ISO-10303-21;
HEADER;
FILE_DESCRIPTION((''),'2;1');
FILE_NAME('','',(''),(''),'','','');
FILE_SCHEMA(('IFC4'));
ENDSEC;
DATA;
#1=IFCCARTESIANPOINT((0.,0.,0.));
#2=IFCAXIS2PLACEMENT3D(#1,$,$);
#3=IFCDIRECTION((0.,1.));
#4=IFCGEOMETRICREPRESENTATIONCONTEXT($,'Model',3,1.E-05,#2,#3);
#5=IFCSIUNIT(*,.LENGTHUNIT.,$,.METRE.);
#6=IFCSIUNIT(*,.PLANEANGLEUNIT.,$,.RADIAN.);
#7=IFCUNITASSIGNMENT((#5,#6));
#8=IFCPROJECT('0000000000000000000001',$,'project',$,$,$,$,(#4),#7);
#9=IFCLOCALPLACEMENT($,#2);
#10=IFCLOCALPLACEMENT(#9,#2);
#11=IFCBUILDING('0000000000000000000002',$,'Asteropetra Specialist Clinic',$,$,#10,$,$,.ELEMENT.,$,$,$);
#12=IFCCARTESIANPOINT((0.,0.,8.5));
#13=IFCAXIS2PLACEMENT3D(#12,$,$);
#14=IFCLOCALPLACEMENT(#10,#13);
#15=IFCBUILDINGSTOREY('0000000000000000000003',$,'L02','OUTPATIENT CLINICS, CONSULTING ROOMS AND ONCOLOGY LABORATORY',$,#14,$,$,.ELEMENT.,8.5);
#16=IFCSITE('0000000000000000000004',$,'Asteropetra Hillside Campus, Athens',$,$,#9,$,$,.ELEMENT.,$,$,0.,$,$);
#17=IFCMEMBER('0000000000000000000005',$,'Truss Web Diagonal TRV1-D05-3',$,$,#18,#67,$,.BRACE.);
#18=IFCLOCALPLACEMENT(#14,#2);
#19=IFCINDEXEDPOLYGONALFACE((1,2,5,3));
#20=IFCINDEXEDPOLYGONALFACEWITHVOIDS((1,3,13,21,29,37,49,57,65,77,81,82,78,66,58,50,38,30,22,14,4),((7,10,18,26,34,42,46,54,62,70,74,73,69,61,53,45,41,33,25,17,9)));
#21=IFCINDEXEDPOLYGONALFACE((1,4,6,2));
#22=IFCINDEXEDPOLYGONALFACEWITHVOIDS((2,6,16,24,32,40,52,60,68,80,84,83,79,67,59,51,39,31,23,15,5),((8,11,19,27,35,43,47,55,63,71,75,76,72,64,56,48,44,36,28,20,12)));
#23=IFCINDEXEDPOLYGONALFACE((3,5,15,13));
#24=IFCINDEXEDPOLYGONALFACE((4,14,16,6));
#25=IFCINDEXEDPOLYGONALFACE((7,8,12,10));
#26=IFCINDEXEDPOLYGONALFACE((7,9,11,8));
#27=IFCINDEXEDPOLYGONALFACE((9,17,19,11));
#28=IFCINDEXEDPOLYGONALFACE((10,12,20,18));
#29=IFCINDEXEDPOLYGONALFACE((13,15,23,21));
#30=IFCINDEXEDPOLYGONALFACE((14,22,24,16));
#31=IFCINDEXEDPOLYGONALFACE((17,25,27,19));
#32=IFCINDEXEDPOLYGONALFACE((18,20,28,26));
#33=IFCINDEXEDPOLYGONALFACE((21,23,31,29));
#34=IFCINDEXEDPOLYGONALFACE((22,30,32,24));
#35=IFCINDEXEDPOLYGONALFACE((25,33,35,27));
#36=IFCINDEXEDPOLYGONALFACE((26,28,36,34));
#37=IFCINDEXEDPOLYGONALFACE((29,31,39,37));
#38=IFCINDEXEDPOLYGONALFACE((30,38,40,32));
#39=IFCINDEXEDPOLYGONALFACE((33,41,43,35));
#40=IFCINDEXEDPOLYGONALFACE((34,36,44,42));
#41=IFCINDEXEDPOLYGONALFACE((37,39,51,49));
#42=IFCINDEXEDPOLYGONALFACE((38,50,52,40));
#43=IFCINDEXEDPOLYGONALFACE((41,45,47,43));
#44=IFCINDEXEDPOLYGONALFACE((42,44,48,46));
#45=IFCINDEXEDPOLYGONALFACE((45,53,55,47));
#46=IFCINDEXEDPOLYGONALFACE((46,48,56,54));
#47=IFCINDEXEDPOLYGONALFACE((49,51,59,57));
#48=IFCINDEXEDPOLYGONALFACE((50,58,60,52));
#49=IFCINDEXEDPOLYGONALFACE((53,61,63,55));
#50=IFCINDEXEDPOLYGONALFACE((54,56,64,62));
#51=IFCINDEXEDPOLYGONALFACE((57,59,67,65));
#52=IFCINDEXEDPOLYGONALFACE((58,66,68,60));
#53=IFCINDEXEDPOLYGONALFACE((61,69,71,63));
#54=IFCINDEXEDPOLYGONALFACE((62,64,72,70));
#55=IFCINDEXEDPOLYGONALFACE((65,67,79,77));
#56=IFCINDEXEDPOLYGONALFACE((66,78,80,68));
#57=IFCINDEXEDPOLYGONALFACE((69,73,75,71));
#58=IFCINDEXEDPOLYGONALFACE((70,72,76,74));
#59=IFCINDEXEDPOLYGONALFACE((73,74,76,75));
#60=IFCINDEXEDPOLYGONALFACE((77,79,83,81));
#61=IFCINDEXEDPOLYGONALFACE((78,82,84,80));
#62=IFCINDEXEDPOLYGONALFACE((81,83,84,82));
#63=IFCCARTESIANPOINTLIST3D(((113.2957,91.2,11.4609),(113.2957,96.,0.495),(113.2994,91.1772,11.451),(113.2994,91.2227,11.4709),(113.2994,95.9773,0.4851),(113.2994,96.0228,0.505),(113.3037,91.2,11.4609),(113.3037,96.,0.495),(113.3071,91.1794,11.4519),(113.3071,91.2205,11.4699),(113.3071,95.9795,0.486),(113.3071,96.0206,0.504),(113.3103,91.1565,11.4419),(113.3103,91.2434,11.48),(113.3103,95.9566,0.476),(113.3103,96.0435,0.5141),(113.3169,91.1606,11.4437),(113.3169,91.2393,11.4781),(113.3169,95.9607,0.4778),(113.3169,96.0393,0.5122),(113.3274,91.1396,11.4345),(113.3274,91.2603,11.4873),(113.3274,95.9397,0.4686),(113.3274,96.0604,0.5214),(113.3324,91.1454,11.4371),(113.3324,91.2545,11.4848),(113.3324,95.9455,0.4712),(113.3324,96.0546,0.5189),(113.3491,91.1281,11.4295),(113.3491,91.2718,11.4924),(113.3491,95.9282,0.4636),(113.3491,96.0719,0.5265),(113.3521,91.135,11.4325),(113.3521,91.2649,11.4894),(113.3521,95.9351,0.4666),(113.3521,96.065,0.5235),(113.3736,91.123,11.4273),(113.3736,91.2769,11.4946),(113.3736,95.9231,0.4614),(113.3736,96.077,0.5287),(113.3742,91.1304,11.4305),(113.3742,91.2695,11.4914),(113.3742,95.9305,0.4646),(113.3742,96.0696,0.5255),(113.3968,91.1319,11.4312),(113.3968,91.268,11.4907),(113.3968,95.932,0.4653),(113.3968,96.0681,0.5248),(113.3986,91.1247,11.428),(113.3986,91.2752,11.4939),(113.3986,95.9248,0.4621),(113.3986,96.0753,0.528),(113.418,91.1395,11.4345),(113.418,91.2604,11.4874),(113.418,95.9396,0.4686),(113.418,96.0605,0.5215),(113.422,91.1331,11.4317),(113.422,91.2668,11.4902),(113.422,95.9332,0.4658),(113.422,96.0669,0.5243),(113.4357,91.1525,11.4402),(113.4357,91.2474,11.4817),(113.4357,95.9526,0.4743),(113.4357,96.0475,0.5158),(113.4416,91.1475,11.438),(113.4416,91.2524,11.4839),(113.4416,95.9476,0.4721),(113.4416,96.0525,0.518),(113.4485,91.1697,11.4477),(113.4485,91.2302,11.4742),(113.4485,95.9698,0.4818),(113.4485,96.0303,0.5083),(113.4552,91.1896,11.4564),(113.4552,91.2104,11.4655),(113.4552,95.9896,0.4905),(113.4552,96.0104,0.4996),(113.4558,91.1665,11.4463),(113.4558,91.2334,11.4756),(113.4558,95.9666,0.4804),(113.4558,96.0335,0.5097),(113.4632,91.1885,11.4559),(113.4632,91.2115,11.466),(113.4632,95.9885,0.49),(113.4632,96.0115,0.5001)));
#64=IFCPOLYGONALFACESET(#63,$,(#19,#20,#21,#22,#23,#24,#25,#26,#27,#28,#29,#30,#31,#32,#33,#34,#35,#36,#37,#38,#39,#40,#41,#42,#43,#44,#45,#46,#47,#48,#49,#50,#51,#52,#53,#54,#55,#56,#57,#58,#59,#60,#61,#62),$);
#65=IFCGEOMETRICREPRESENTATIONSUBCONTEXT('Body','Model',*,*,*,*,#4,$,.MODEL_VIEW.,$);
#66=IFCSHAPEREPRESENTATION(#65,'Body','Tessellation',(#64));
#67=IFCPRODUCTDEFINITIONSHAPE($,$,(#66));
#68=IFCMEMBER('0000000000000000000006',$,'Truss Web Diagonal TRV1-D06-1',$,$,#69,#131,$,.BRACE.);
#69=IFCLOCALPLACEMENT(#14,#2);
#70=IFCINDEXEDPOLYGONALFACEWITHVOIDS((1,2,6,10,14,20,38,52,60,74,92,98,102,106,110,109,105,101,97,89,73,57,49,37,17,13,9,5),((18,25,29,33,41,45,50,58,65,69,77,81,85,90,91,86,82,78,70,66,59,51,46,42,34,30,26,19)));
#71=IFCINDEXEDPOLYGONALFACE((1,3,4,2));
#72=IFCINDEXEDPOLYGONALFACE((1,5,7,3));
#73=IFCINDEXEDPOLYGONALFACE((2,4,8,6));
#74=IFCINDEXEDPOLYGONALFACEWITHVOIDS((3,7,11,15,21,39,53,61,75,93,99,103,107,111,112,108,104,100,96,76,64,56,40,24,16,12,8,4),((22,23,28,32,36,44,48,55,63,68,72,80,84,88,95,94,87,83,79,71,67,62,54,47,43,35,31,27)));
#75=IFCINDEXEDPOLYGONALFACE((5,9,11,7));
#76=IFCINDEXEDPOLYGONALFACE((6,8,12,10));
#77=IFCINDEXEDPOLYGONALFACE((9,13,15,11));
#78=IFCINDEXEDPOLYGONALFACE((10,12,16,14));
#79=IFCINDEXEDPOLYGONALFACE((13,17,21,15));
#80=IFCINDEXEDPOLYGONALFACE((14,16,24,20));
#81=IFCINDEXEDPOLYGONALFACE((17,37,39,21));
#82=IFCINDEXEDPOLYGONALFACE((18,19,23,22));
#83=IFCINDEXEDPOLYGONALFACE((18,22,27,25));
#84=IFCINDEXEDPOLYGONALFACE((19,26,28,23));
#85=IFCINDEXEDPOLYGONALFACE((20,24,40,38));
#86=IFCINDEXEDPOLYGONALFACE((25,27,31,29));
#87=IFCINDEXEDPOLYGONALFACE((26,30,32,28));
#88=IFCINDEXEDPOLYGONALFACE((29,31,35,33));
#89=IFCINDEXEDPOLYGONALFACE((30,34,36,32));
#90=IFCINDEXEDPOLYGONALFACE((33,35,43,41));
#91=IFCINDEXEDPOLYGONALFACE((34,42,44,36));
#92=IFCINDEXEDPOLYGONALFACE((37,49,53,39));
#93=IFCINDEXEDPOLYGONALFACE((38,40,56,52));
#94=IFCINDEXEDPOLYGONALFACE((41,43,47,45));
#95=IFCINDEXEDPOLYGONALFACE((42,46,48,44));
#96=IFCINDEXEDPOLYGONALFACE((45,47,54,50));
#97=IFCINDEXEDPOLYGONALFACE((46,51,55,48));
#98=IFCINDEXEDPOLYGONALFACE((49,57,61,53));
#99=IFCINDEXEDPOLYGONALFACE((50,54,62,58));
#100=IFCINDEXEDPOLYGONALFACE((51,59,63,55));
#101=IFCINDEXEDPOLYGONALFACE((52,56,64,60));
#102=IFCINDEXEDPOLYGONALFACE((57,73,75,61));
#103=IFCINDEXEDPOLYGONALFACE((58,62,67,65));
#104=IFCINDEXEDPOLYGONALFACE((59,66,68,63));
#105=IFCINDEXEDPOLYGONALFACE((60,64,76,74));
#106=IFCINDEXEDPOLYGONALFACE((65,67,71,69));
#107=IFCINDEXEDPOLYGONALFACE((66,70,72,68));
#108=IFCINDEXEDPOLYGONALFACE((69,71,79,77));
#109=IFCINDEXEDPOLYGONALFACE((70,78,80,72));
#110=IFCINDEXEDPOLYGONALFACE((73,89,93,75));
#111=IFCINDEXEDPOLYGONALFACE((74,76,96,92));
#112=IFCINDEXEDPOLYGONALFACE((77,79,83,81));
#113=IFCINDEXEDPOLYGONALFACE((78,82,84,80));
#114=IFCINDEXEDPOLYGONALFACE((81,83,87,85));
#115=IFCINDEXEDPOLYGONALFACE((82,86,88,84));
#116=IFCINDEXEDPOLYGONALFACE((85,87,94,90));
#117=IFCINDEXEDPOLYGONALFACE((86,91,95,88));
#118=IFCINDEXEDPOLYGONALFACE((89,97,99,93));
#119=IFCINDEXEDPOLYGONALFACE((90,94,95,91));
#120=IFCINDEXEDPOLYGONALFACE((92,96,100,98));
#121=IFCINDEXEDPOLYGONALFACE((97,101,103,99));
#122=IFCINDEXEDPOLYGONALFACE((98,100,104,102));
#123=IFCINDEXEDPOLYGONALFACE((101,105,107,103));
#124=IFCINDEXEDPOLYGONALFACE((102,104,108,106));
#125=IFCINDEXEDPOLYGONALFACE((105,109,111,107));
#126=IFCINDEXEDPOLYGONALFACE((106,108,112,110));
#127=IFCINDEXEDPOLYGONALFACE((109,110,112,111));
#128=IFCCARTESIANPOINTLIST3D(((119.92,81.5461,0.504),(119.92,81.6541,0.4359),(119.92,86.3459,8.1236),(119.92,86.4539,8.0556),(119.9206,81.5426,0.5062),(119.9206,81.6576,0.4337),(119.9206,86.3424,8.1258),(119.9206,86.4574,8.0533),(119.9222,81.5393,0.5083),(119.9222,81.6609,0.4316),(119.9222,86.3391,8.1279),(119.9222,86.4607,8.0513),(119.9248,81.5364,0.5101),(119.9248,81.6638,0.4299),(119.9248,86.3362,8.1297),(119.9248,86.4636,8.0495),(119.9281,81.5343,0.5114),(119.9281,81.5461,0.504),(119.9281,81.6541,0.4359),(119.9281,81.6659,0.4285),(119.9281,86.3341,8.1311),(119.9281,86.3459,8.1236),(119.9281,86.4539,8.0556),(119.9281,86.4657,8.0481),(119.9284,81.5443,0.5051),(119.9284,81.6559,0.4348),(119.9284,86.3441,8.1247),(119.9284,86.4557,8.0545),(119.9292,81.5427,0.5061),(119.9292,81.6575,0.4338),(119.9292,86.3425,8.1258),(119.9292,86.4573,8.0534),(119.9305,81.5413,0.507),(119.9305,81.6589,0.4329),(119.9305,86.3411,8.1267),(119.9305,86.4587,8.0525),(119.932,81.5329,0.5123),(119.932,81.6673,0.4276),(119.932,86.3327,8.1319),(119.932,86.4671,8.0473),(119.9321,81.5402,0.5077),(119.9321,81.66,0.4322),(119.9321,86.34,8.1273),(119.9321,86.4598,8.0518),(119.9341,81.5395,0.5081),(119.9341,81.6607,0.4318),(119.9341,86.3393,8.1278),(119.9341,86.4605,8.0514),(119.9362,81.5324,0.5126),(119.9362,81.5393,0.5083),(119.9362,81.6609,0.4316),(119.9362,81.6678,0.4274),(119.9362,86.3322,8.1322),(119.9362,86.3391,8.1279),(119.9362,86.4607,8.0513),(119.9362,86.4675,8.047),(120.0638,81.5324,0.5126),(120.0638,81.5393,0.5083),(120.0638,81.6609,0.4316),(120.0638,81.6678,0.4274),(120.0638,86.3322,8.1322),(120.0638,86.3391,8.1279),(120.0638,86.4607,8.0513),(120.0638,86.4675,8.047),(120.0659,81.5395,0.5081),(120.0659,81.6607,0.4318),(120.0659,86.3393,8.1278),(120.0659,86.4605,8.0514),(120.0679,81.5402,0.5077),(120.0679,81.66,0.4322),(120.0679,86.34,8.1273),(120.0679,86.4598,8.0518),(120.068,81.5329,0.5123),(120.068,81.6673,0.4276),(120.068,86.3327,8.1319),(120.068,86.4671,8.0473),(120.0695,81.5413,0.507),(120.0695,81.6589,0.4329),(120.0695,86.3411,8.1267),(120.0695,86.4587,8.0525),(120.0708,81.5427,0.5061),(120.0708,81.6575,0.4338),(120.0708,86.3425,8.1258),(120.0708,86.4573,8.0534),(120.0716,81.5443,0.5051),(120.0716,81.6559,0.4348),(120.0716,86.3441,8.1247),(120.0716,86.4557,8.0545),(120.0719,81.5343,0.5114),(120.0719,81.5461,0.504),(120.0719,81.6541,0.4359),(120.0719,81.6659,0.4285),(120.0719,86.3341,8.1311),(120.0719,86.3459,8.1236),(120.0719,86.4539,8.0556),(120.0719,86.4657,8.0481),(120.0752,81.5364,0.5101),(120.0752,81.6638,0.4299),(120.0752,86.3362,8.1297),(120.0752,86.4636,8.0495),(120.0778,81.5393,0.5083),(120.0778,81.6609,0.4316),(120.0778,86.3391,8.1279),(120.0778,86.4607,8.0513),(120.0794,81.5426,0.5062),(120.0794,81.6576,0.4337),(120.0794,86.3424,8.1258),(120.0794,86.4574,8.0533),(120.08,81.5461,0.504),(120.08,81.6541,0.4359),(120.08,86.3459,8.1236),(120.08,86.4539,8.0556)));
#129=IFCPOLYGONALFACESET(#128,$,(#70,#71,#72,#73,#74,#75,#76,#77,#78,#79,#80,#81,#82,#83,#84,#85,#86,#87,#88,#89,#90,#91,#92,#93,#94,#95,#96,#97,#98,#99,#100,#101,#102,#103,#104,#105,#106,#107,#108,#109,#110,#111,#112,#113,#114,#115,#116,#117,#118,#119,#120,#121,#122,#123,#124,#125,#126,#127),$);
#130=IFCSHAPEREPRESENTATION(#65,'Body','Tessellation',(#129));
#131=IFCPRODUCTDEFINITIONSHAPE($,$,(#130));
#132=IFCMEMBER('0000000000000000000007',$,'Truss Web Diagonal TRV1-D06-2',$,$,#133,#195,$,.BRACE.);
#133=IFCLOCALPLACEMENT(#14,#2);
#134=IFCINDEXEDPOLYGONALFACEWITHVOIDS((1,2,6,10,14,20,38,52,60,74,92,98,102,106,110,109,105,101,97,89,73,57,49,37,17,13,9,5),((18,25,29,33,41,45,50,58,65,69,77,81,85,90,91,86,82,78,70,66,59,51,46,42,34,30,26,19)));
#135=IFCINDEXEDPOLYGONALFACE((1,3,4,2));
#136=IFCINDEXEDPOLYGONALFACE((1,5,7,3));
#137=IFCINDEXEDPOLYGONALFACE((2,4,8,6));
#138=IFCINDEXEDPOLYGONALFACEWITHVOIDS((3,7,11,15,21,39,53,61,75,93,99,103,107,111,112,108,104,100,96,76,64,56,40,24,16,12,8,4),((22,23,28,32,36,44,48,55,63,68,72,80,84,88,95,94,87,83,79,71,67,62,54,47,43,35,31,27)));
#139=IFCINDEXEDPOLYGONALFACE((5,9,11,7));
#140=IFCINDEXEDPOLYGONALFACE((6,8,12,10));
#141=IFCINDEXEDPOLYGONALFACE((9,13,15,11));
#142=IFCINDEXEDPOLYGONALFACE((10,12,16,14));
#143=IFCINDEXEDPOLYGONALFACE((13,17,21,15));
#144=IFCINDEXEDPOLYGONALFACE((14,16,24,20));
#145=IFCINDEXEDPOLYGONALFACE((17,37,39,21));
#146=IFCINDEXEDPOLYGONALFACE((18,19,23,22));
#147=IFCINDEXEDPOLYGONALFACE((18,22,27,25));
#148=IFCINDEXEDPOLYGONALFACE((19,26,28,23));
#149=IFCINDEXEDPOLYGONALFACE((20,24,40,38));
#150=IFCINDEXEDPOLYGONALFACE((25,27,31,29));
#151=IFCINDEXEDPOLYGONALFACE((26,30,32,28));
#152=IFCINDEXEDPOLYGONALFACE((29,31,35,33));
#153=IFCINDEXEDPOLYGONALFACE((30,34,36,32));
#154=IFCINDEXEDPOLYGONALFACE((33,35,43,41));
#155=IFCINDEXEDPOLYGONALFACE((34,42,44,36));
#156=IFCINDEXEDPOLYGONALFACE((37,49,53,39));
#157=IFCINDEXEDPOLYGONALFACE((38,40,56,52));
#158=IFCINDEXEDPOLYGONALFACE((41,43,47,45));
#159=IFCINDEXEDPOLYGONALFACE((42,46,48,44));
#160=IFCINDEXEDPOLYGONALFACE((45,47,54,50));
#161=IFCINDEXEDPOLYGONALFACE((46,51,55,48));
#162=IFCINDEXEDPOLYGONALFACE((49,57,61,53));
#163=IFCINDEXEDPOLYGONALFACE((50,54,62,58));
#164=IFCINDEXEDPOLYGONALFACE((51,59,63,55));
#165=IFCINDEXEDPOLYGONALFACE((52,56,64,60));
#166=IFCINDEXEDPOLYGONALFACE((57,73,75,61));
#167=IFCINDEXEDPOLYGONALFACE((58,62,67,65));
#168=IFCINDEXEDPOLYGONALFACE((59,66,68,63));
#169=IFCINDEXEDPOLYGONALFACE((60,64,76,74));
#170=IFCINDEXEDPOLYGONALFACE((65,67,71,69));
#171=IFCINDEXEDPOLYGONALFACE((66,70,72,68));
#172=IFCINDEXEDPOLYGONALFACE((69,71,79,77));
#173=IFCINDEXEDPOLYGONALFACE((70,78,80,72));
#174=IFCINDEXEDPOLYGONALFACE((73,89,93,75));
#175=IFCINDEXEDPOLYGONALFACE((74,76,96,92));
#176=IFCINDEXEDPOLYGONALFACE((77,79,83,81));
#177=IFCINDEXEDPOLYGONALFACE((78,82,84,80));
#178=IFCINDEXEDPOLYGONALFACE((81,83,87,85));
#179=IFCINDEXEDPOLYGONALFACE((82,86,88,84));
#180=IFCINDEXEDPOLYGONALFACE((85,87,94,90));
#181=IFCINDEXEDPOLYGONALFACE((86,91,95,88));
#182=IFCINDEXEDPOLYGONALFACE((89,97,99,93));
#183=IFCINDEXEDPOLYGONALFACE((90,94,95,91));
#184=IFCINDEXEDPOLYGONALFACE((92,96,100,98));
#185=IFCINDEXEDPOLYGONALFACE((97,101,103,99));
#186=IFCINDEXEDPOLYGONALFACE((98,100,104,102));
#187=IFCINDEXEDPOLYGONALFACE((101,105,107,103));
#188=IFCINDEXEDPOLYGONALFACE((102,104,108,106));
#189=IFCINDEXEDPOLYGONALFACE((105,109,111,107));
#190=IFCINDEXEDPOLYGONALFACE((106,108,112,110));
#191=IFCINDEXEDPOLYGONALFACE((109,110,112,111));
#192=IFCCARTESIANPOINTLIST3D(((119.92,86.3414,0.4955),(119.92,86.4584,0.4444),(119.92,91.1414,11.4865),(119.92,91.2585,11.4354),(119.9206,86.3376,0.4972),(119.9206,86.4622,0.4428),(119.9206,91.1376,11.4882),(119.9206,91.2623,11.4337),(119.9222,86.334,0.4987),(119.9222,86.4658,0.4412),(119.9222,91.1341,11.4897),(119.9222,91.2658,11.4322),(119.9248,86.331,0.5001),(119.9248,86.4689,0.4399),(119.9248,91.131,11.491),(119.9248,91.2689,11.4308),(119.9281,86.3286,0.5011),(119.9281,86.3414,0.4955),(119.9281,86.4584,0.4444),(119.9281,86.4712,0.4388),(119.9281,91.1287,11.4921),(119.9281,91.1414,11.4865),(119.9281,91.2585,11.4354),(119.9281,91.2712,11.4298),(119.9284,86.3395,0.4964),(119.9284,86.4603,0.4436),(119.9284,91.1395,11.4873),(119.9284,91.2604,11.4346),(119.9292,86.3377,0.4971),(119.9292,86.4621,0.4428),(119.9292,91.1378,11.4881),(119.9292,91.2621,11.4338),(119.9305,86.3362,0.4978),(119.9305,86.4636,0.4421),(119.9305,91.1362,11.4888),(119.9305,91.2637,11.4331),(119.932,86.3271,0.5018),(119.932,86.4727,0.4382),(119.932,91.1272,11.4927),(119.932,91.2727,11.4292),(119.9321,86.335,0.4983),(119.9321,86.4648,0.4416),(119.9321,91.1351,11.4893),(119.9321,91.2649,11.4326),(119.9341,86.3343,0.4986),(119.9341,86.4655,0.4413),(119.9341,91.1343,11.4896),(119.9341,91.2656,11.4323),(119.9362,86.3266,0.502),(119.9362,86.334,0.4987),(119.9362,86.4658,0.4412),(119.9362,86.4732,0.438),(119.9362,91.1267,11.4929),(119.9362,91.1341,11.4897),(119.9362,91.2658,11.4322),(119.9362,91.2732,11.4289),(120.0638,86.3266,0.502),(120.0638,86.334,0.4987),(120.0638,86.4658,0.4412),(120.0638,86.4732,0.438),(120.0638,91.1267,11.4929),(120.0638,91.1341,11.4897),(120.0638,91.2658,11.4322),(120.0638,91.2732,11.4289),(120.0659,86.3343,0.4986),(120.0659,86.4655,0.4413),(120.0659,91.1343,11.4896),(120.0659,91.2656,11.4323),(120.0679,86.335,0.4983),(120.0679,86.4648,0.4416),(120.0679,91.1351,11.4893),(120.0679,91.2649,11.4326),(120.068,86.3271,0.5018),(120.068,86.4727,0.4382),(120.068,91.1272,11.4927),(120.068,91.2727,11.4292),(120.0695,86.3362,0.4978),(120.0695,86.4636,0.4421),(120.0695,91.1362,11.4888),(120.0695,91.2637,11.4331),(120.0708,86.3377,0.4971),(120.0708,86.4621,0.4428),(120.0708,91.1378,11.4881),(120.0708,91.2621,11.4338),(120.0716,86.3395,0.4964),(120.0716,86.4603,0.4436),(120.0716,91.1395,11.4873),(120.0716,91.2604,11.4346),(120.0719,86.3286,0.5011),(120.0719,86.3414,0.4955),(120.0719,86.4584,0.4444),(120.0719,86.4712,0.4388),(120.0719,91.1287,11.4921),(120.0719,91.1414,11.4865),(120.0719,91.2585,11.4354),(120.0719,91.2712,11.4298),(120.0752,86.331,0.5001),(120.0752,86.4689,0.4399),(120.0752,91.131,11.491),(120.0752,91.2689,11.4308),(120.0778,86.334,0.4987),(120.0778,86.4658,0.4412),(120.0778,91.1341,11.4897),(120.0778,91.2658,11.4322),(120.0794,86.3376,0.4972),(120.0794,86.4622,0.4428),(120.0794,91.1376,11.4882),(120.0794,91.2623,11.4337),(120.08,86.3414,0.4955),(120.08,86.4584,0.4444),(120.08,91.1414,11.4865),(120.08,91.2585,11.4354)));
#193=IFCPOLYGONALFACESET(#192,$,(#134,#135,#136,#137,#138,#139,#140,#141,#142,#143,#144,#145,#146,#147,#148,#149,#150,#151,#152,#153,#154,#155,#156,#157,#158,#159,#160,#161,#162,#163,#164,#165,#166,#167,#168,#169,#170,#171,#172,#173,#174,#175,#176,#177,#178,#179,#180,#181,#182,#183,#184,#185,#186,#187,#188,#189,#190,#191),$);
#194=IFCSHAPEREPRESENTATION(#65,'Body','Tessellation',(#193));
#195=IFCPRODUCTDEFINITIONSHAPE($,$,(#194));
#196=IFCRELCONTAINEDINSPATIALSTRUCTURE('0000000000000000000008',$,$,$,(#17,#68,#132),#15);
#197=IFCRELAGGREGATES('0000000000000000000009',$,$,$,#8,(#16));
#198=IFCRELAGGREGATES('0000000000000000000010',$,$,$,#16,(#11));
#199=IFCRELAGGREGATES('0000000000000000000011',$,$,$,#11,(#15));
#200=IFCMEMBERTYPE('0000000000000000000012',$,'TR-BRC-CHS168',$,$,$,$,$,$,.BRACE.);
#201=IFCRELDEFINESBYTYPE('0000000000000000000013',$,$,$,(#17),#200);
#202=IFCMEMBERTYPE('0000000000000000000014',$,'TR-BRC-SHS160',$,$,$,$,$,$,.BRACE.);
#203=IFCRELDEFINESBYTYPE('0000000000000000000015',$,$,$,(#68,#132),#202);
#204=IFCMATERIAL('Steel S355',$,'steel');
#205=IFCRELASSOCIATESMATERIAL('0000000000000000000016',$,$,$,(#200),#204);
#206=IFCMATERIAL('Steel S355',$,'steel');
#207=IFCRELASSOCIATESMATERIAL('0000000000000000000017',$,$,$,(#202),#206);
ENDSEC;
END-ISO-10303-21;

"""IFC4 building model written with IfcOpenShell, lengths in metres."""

from ifc_helpers import new_model, si_unit, direction, frame, origin, origin_2d, place, context, subcontext, project, spatial, hollow_rectangle, hollow_circle, extrude, material, material_profile, profile_set, type_object, element, save


model = new_model("IFC4")

# Units and contexts
model_context = context("Model", 3, precision=1e-05, world=origin(), true_north=direction((0.0, 1.0)))
body_context = subcontext(model_context, "Body", "Model", "MODEL_VIEW")
ifc_project = project(units=[si_unit("LENGTHUNIT", "METRE"), si_unit("PLANEANGLEUNIT", "RADIAN")], contexts=[model_context])

# Site, building, storey
site_placement = place(None, origin())
site = spatial("IfcSite", under=ifc_project, at=site_placement, Name="Asteropetra Hillside Campus, Athens", CompositionType="ELEMENT", RefElevation=0.0)
building_placement = place(site_placement, origin())
building = spatial("IfcBuilding", under=site, at=building_placement, Name="Asteropetra Specialist Clinic", CompositionType="ELEMENT")
storey_placement = place(building_placement, frame((0.0, 0.0, 8.5)))
storey = spatial("IfcBuildingStorey", under=building, at=storey_placement, Name="L02", Description="OUTPATIENT CLINICS, CONSULTING ROOMS AND ONCOLOGY LABORATORY", CompositionType="ELEMENT", Elevation=8.5)

# Members
ifc_material_1 = material(Name="Steel S355", Category="steel")
ifc_material_profile_1 = material_profile(ifc_material_1, hollow_circle(Radius=0.0842, WallThickness=0.0081, at=origin_2d()), Name="CHS 168.3x8.0")
ifc_profile_set_1 = profile_set([ifc_material_profile_1], Name="Steel S355")
member_type_1 = type_object("IfcMemberType", Name="TR-BRC-CHS168", PredefinedType="BRACE", material=ifc_profile_set_1)
for number, where, z_axis, x_axis, name in (
    (1, (113.3799, 91.2, 11.4609), (0.0, 0.400994, -0.916081), (-1.0, 0.0, 0.0), "Truss Web Diagonal TRV1-D05-3"),
):
    element("IfcMember", number, at=place(storey_placement, frame(where, z_axis=z_axis, x_axis=x_axis)), inside=storey, type_object=member_type_1, Name=name, PredefinedType="BRACE", context=body_context, shape_type="SweptSolid", body=[
        extrude(hollow_circle(Radius=0.0842, WallThickness=0.0081, at=origin_2d()), origin(), (0.0, 0.0, 1.0), 11.9705),
    ])
ifc_material_2 = material(Name="Steel S355", Category="steel")
ifc_material_profile_2 = material_profile(ifc_material_2, hollow_rectangle(XDim=0.1599, YDim=0.1599, WallThickness=0.0081, InnerFilletRadius=0.0081, OuterFilletRadius=0.0161, at=origin_2d()), Name="SHS 160x160x8.0")
ifc_profile_set_2 = profile_set([ifc_material_profile_2], Name="Steel S355")
member_type_2 = type_object("IfcMemberType", Name="TR-BRC-SHS160", PredefinedType="BRACE", material=ifc_profile_set_2)
member_1_placement = place(storey_placement, frame((120.0, 81.6001, 0.47), z_axis=(0.0, 0.532993, 0.84612), x_axis=(-1.0, 0.0, 0.0)))
element("IfcMember", 2, at=member_1_placement, inside=storey, type_object=member_type_2, Name="Truss Web Diagonal TRV1-D06-1", PredefinedType="BRACE", context=body_context, shape_type="SweptSolid", body=[
    extrude(hollow_rectangle(XDim=0.1599, YDim=0.1599, WallThickness=0.0081, InnerFilletRadius=0.0081, OuterFilletRadius=0.0161, at=origin_2d()), origin(), (0.0, 0.0, 1.0), 9.0054),
])
member_2_placement = place(storey_placement, frame((120.0, 86.3999, 0.47), z_axis=(0.0, 0.400224, 0.916417), x_axis=(-1.0, 0.0, 0.0)))
element("IfcMember", 3, at=member_2_placement, inside=storey, type_object=member_type_2, Name="Truss Web Diagonal TRV1-D06-2", PredefinedType="BRACE", context=body_context, shape_type="SweptSolid", body=[
    extrude(hollow_rectangle(XDim=0.1599, YDim=0.1599, WallThickness=0.0081, InnerFilletRadius=0.0081, OuterFilletRadius=0.0161, at=origin_2d()), origin(), (0.0, 0.0, 1.0), 11.9934),
])

save(model, "model.ifc")
